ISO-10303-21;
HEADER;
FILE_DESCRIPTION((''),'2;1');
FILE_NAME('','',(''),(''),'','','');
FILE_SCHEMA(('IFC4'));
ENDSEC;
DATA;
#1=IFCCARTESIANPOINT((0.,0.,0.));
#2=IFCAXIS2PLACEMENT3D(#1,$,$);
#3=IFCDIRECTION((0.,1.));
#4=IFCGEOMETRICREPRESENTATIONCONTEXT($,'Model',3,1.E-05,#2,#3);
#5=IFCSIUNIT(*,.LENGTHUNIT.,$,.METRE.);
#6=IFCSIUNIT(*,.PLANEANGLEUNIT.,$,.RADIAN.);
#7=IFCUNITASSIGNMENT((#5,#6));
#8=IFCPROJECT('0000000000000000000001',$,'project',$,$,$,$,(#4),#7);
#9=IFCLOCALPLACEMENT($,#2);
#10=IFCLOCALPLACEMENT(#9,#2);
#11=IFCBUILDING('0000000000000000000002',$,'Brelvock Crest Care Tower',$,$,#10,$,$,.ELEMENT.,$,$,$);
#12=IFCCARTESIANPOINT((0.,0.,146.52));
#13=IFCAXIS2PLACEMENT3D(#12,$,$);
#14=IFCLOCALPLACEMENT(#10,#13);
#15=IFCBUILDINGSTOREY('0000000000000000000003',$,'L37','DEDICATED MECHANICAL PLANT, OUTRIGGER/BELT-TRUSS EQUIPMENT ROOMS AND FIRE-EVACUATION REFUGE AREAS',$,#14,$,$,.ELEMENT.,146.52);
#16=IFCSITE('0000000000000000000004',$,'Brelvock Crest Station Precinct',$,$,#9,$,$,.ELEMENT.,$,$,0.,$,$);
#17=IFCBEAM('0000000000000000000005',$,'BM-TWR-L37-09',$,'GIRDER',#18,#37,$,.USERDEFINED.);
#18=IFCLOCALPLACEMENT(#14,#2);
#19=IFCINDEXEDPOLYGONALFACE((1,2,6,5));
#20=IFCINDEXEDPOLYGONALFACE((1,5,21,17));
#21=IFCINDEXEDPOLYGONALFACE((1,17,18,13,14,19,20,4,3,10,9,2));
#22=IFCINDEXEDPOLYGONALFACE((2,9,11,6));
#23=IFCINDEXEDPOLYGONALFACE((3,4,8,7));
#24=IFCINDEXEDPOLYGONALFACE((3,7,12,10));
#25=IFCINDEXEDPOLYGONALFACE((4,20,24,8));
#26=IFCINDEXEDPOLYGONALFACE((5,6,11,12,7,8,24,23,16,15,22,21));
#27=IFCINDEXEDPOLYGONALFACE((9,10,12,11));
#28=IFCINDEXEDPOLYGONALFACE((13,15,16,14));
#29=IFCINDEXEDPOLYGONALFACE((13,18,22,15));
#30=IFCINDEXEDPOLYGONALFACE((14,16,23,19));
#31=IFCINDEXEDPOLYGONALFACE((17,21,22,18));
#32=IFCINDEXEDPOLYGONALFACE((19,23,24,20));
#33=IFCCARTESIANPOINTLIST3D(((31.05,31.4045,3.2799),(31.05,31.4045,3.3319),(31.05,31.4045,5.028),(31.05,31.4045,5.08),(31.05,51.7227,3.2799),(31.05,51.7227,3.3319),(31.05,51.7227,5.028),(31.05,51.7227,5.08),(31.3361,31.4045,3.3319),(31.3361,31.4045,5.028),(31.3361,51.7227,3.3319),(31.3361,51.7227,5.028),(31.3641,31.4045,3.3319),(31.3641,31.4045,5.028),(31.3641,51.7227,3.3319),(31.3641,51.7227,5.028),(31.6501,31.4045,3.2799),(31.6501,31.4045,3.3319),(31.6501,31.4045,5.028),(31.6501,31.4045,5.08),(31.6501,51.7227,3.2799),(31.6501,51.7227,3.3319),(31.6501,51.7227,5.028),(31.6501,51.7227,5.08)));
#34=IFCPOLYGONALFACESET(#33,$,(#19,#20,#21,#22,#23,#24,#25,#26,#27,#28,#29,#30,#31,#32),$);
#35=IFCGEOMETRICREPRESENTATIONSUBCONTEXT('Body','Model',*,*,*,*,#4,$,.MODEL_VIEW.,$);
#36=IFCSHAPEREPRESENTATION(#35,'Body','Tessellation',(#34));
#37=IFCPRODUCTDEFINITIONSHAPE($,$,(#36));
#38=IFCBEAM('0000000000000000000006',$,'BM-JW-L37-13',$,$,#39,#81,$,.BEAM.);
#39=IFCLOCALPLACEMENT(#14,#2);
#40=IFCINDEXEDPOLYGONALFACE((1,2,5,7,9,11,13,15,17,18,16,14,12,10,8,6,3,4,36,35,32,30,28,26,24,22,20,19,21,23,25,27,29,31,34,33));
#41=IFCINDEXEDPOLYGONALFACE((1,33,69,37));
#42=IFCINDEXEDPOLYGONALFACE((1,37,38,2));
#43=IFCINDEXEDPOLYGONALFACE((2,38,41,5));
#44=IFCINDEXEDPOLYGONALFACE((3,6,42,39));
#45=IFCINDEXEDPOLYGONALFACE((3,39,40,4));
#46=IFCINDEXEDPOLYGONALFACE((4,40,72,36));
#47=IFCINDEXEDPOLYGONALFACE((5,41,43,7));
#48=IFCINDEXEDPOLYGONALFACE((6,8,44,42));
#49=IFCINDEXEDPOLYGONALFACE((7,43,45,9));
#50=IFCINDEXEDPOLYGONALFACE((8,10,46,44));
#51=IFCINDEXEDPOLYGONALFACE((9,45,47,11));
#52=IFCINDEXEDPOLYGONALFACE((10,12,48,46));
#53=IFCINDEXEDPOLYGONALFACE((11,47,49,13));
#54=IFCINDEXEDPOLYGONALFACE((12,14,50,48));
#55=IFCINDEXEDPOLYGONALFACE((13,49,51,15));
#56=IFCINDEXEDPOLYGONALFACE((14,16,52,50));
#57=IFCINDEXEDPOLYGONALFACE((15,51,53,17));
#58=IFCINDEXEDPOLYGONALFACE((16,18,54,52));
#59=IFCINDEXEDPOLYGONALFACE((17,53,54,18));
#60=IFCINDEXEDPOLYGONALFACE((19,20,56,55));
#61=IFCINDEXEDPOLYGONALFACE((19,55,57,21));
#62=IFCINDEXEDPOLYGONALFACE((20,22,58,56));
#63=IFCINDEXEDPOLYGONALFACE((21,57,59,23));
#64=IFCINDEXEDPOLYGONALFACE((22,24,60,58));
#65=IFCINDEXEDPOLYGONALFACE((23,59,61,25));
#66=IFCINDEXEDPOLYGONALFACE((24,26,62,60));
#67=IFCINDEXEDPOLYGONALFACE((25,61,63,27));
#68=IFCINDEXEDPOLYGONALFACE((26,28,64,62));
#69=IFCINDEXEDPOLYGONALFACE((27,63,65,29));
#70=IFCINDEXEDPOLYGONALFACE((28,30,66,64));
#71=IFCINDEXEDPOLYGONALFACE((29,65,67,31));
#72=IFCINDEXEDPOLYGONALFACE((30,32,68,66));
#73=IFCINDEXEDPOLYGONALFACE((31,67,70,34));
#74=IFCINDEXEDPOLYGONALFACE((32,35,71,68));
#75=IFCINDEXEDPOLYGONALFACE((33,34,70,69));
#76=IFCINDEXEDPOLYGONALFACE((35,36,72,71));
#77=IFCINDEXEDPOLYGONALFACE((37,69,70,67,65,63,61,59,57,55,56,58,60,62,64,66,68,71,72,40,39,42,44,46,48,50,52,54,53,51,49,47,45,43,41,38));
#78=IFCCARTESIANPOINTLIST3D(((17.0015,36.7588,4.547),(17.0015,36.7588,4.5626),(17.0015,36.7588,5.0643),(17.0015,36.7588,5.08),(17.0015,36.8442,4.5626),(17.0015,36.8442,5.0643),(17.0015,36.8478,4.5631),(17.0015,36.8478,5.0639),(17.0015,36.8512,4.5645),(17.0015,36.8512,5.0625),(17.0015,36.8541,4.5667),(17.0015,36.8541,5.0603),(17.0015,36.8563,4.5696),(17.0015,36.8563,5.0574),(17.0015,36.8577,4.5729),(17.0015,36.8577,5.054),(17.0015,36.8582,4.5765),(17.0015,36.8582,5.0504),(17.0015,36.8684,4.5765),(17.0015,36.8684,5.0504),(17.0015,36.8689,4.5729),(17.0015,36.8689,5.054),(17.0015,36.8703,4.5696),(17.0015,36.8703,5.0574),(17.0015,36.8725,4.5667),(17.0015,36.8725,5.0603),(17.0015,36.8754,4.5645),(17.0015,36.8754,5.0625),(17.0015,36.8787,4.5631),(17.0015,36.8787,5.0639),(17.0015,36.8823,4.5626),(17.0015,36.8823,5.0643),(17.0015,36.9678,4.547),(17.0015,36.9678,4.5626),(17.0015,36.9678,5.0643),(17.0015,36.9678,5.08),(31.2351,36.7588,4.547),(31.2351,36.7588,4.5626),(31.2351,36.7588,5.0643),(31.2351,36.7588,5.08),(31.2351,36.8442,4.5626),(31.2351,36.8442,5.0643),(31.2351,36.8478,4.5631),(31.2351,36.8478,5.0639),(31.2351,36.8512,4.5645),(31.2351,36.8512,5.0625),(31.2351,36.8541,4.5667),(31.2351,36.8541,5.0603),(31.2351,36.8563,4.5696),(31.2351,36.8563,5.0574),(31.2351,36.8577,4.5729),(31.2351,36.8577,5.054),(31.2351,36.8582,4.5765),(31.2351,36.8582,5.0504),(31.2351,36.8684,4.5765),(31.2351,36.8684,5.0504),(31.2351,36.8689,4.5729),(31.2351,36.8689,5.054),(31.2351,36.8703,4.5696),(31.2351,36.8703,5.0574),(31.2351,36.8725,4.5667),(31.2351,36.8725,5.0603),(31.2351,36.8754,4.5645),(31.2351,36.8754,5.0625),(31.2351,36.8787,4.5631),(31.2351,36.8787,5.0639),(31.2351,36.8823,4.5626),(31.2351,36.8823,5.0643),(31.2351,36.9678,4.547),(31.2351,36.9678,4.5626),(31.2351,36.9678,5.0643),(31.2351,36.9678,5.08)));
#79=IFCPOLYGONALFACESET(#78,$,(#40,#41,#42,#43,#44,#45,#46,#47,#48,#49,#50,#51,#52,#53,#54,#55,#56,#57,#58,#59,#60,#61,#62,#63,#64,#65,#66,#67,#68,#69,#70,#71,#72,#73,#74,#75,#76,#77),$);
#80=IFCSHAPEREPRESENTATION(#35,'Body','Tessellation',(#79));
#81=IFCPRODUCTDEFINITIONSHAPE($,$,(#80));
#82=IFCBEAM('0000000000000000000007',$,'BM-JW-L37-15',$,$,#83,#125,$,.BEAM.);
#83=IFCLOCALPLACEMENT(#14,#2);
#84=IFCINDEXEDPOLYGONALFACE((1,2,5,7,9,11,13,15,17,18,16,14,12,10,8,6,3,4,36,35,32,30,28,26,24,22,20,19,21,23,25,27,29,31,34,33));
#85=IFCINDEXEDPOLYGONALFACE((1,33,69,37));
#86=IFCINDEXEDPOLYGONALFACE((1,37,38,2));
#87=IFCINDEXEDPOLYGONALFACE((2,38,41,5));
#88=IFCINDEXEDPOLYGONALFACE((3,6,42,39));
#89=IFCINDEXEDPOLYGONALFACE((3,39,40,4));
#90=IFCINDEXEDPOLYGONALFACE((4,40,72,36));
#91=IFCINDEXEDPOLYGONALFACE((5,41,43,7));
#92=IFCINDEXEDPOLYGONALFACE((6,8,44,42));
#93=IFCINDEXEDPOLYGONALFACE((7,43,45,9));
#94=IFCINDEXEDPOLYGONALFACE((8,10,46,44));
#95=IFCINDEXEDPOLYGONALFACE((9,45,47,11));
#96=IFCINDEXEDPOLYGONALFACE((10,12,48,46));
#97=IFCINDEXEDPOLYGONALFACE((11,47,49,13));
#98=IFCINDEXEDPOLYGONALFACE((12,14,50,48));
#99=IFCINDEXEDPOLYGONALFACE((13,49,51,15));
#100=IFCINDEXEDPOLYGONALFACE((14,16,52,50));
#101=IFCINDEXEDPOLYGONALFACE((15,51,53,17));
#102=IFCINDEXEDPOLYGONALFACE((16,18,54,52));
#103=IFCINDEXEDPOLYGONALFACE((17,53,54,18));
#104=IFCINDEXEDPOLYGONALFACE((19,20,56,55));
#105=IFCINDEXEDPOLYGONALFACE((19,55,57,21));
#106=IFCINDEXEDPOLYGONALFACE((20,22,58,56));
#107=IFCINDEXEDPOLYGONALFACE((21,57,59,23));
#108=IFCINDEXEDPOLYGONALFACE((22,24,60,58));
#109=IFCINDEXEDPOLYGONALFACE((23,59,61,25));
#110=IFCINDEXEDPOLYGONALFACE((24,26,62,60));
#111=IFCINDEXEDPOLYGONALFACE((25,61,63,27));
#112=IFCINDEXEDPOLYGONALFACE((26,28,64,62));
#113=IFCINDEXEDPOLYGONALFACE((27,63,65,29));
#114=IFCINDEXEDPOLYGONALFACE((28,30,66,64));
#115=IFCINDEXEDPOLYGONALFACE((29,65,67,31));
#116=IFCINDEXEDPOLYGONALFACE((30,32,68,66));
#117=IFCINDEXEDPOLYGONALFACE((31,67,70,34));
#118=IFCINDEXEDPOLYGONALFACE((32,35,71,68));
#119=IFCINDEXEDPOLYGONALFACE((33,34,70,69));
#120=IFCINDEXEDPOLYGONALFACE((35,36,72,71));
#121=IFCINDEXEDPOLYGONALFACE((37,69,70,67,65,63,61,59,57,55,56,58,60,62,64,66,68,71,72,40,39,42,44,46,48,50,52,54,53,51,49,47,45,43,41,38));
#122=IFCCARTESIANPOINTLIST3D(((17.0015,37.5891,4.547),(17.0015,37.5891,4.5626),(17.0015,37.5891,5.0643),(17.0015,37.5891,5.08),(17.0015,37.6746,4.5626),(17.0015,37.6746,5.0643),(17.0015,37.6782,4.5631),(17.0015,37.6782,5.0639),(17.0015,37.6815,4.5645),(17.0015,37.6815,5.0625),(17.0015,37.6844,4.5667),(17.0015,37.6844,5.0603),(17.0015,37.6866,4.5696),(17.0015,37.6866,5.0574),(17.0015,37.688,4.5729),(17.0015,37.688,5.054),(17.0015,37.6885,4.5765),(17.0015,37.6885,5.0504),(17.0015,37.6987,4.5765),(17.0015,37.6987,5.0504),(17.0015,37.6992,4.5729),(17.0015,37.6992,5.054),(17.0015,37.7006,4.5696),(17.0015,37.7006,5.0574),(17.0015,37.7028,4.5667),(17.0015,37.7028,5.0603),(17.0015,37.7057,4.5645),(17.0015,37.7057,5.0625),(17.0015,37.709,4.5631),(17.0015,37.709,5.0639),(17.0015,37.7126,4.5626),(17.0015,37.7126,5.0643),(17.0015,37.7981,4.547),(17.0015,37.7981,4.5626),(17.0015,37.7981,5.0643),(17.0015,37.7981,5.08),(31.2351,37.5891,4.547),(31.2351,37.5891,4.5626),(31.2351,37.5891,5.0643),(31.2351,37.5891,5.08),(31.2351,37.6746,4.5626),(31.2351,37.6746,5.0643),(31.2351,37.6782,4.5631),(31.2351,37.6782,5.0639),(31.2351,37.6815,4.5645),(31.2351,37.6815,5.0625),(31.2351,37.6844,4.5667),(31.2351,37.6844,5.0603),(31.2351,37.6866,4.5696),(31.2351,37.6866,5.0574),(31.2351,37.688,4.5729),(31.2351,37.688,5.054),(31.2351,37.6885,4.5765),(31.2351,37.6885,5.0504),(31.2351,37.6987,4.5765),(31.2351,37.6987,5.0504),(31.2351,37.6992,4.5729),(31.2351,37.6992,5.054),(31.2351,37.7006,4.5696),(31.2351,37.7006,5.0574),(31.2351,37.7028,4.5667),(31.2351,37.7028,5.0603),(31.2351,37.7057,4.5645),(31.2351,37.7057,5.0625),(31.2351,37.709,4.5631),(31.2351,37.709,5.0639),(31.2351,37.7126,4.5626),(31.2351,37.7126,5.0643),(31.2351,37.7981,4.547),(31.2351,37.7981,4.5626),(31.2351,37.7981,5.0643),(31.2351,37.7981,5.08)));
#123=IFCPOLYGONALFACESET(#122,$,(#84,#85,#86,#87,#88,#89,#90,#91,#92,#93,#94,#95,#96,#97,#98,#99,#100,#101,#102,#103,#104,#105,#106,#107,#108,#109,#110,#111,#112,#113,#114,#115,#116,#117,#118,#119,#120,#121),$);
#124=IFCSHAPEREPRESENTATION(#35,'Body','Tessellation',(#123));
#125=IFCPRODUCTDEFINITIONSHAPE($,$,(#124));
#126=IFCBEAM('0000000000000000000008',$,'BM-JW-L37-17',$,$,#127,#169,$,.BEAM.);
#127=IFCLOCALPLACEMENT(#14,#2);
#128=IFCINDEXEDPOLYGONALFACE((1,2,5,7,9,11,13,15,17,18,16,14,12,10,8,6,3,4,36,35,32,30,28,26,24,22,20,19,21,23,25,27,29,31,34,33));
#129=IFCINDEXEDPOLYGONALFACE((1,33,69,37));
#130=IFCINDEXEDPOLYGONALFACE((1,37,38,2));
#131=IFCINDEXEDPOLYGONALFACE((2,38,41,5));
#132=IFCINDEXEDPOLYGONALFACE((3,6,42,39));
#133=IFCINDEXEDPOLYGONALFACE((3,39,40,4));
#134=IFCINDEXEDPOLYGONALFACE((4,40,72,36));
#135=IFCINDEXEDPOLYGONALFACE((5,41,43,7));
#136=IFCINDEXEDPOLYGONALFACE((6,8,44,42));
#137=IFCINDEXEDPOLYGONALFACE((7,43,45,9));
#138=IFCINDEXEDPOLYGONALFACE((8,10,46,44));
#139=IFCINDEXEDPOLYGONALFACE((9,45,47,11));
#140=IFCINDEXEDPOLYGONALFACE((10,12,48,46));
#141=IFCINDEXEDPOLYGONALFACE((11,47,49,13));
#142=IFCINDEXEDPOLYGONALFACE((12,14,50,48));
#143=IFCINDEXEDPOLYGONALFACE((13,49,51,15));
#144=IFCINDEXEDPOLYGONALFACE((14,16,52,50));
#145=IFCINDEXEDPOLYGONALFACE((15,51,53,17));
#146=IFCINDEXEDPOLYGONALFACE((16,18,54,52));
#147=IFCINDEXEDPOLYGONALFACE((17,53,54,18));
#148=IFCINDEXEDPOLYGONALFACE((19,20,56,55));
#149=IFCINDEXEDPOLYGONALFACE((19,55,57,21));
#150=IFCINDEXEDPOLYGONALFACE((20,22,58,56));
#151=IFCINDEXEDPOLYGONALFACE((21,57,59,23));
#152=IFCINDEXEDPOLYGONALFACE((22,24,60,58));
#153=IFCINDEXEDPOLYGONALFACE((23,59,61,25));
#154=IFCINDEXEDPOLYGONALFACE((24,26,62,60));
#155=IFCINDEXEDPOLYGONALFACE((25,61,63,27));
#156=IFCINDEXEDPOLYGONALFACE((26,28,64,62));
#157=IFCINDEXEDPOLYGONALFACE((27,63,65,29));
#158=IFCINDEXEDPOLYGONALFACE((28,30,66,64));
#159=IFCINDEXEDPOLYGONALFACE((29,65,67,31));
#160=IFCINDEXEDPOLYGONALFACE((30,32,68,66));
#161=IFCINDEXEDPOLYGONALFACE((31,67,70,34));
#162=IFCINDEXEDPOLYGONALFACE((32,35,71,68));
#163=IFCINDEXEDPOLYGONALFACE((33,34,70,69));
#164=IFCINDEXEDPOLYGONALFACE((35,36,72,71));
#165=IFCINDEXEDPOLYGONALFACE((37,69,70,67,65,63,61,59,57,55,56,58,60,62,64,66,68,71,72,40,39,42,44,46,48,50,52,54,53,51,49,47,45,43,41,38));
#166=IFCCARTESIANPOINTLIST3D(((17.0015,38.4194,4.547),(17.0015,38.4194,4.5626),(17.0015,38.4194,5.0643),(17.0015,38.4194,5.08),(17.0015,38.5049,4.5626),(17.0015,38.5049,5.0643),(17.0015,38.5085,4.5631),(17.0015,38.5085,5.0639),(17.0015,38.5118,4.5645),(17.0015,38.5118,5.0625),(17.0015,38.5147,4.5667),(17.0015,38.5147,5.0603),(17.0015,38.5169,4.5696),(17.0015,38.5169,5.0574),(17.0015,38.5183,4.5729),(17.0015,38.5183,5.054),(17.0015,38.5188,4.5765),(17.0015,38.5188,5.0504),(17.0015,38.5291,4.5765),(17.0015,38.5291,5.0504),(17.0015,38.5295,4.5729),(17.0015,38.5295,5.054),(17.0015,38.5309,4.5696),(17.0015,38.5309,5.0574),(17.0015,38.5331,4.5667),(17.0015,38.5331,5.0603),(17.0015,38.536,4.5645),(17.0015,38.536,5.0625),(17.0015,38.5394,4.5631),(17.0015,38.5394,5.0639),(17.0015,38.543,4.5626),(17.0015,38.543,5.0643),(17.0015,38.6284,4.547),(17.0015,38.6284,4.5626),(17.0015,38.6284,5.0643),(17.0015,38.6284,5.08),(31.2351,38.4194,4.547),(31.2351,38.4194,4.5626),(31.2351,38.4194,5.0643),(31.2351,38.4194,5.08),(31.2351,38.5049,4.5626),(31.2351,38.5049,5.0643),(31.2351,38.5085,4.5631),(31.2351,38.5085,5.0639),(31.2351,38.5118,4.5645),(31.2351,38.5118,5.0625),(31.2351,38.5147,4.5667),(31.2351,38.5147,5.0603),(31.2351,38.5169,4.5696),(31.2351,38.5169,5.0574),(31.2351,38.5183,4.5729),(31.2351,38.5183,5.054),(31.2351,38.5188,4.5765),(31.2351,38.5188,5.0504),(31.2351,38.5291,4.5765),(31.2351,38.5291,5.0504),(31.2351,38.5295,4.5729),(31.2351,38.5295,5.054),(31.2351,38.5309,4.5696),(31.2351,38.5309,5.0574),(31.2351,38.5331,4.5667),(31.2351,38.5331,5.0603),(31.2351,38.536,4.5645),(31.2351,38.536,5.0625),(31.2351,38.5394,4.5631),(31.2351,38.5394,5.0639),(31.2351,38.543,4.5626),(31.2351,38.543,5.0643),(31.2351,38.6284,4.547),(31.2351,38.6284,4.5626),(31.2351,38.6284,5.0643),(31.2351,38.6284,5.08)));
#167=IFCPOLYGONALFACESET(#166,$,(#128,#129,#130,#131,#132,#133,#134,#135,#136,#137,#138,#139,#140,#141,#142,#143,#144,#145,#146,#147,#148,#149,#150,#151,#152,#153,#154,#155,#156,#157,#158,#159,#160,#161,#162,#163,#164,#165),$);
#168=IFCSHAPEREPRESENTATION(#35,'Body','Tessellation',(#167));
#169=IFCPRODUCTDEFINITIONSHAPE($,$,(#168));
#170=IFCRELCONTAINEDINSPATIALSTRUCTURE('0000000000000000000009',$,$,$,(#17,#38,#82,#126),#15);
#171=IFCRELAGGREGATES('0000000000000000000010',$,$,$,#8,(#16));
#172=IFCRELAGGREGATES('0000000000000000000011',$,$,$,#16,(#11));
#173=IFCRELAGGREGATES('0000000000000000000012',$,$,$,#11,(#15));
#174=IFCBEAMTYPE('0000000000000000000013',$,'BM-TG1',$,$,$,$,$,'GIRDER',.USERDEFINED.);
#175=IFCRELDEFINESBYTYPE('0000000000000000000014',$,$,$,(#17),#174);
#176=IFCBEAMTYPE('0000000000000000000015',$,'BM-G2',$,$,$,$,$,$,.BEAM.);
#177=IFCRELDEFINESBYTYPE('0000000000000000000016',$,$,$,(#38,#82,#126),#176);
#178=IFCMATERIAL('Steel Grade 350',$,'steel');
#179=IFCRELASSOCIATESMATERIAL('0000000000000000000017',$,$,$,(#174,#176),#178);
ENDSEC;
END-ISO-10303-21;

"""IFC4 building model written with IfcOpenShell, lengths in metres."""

from ifc_helpers import new_model, si_unit, direction, frame, origin, origin_2d, place, context, subcontext, project, spatial, i_section, extrude, source, transform, mapped, material, material_profile, profile_set, type_object, element, save


model = new_model("IFC4")

# Units and contexts
model_context = context("Model", 3, precision=1e-05, world=origin(), true_north=direction((0.0, 1.0)))
body_context = subcontext(model_context, "Body", "Model", "MODEL_VIEW")
ifc_project = project(units=[si_unit("LENGTHUNIT", "METRE"), si_unit("PLANEANGLEUNIT", "RADIAN")], contexts=[model_context])

# Site, building, storey
site_placement = place(None, origin())
site = spatial("IfcSite", under=ifc_project, at=site_placement, Name="Brelvock Crest Station Precinct", CompositionType="ELEMENT", RefElevation=0.0)
building_placement = place(site_placement, origin())
building = spatial("IfcBuilding", under=site, at=building_placement, Name="Brelvock Crest Care Tower", CompositionType="ELEMENT")
storey_placement = place(building_placement, frame((0.0, 0.0, 146.52)))
storey = spatial("IfcBuildingStorey", under=building, at=storey_placement, Name="L37", Description="DEDICATED MECHANICAL PLANT, OUTRIGGER/BELT-TRUSS EQUIPMENT ROOMS AND FIRE-EVACUATION REFUGE AREAS", CompositionType="ELEMENT", Elevation=146.52)

# Beams
ifc_material = material(Name="Steel Grade 350", Category="steel")
ifc_material_profile_1 = material_profile(ifc_material, i_section(OverallWidth=0.6001, OverallDepth=1.8, WebThickness=0.0281, FlangeThickness=0.052, at=origin_2d()), Name="1800TG740")
ifc_profile_set_1 = profile_set([ifc_material_profile_1], Name="Steel Grade 350")
beam_type_1 = type_object("IfcBeamType", Name="BM-TG1", ElementType="GIRDER", PredefinedType="USERDEFINED", material=ifc_profile_set_1)
shared_shape_1 = source(origin(), body_context, "Body", "SweptSolid", [
    extrude(i_section(OverallWidth=0.6001, OverallDepth=1.8, WebThickness=0.0281, FlangeThickness=0.052, at=origin_2d()), origin(), (0.0, 0.0, 1.0), 20.3181),
])
beam_1_placement = place(storey_placement, frame((31.3501, 31.4045, 4.1799), z_axis=(0.0, 1.0, 0.0), x_axis=(-1.0, 0.0, 0.0)))
element("IfcBeam", 1, at=beam_1_placement, inside=storey, type_object=beam_type_1, Name="BM-TWR-L37-09", ObjectType="GIRDER", PredefinedType="USERDEFINED", context=body_context, shape_type="MappedRepresentation", body=[
    mapped(shared_shape_1, transform((0.0, 0.0, 0.0), x_axis=(1.0, 0.0, 0.0), y_axis=(0.0, 1.0, 0.0), z_axis=(0.0, 0.0, 1.0), scale=1.0)),
])
ifc_material_profile_2 = material_profile(ifc_material, i_section(OverallWidth=0.209, OverallDepth=0.533, WebThickness=0.0103, FlangeThickness=0.0156, FilletRadius=0.0139, at=origin_2d()), Name="530UB92.4")
ifc_profile_set_2 = profile_set([ifc_material_profile_2], Name="Steel Grade 350")
beam_type_2 = type_object("IfcBeamType", Name="BM-G2", PredefinedType="BEAM", material=ifc_profile_set_2)
shared_shape_2 = source(origin(), body_context, "Body", "SweptSolid", [
    extrude(i_section(OverallWidth=0.209, OverallDepth=0.533, WebThickness=0.0103, FlangeThickness=0.0156, FilletRadius=0.0139, at=origin_2d()), origin(), (0.0, 0.0, 1.0), 14.2336),
])
for number, where, z_axis, x_axis, name in (
    (2, (17.0015, 36.8633, 4.8135), (1.0, 0.0, 0.0), (0.0, 1.0, 0.0), "BM-JW-L37-13"),
    (3, (17.0015, 37.6936, 4.8135), (1.0, 0.0, 0.0), (0.0, 1.0, 0.0), "BM-JW-L37-15"),
    (4, (17.0015, 38.5239, 4.8135), (1.0, 0.0, 0.0), (0.0, 1.0, 0.0), "BM-JW-L37-17"),
):
    element("IfcBeam", number, at=place(storey_placement, frame(where, z_axis=z_axis, x_axis=x_axis)), inside=storey, type_object=beam_type_2, Name=name, PredefinedType="BEAM", context=body_context, shape_type="MappedRepresentation", body=[
        mapped(shared_shape_2, transform((0.0, 0.0, 0.0), x_axis=(1.0, 0.0, 0.0), y_axis=(0.0, 1.0, 0.0), z_axis=(0.0, 0.0, 1.0), scale=1.0)),
    ])

save(model, "model.ifc")
